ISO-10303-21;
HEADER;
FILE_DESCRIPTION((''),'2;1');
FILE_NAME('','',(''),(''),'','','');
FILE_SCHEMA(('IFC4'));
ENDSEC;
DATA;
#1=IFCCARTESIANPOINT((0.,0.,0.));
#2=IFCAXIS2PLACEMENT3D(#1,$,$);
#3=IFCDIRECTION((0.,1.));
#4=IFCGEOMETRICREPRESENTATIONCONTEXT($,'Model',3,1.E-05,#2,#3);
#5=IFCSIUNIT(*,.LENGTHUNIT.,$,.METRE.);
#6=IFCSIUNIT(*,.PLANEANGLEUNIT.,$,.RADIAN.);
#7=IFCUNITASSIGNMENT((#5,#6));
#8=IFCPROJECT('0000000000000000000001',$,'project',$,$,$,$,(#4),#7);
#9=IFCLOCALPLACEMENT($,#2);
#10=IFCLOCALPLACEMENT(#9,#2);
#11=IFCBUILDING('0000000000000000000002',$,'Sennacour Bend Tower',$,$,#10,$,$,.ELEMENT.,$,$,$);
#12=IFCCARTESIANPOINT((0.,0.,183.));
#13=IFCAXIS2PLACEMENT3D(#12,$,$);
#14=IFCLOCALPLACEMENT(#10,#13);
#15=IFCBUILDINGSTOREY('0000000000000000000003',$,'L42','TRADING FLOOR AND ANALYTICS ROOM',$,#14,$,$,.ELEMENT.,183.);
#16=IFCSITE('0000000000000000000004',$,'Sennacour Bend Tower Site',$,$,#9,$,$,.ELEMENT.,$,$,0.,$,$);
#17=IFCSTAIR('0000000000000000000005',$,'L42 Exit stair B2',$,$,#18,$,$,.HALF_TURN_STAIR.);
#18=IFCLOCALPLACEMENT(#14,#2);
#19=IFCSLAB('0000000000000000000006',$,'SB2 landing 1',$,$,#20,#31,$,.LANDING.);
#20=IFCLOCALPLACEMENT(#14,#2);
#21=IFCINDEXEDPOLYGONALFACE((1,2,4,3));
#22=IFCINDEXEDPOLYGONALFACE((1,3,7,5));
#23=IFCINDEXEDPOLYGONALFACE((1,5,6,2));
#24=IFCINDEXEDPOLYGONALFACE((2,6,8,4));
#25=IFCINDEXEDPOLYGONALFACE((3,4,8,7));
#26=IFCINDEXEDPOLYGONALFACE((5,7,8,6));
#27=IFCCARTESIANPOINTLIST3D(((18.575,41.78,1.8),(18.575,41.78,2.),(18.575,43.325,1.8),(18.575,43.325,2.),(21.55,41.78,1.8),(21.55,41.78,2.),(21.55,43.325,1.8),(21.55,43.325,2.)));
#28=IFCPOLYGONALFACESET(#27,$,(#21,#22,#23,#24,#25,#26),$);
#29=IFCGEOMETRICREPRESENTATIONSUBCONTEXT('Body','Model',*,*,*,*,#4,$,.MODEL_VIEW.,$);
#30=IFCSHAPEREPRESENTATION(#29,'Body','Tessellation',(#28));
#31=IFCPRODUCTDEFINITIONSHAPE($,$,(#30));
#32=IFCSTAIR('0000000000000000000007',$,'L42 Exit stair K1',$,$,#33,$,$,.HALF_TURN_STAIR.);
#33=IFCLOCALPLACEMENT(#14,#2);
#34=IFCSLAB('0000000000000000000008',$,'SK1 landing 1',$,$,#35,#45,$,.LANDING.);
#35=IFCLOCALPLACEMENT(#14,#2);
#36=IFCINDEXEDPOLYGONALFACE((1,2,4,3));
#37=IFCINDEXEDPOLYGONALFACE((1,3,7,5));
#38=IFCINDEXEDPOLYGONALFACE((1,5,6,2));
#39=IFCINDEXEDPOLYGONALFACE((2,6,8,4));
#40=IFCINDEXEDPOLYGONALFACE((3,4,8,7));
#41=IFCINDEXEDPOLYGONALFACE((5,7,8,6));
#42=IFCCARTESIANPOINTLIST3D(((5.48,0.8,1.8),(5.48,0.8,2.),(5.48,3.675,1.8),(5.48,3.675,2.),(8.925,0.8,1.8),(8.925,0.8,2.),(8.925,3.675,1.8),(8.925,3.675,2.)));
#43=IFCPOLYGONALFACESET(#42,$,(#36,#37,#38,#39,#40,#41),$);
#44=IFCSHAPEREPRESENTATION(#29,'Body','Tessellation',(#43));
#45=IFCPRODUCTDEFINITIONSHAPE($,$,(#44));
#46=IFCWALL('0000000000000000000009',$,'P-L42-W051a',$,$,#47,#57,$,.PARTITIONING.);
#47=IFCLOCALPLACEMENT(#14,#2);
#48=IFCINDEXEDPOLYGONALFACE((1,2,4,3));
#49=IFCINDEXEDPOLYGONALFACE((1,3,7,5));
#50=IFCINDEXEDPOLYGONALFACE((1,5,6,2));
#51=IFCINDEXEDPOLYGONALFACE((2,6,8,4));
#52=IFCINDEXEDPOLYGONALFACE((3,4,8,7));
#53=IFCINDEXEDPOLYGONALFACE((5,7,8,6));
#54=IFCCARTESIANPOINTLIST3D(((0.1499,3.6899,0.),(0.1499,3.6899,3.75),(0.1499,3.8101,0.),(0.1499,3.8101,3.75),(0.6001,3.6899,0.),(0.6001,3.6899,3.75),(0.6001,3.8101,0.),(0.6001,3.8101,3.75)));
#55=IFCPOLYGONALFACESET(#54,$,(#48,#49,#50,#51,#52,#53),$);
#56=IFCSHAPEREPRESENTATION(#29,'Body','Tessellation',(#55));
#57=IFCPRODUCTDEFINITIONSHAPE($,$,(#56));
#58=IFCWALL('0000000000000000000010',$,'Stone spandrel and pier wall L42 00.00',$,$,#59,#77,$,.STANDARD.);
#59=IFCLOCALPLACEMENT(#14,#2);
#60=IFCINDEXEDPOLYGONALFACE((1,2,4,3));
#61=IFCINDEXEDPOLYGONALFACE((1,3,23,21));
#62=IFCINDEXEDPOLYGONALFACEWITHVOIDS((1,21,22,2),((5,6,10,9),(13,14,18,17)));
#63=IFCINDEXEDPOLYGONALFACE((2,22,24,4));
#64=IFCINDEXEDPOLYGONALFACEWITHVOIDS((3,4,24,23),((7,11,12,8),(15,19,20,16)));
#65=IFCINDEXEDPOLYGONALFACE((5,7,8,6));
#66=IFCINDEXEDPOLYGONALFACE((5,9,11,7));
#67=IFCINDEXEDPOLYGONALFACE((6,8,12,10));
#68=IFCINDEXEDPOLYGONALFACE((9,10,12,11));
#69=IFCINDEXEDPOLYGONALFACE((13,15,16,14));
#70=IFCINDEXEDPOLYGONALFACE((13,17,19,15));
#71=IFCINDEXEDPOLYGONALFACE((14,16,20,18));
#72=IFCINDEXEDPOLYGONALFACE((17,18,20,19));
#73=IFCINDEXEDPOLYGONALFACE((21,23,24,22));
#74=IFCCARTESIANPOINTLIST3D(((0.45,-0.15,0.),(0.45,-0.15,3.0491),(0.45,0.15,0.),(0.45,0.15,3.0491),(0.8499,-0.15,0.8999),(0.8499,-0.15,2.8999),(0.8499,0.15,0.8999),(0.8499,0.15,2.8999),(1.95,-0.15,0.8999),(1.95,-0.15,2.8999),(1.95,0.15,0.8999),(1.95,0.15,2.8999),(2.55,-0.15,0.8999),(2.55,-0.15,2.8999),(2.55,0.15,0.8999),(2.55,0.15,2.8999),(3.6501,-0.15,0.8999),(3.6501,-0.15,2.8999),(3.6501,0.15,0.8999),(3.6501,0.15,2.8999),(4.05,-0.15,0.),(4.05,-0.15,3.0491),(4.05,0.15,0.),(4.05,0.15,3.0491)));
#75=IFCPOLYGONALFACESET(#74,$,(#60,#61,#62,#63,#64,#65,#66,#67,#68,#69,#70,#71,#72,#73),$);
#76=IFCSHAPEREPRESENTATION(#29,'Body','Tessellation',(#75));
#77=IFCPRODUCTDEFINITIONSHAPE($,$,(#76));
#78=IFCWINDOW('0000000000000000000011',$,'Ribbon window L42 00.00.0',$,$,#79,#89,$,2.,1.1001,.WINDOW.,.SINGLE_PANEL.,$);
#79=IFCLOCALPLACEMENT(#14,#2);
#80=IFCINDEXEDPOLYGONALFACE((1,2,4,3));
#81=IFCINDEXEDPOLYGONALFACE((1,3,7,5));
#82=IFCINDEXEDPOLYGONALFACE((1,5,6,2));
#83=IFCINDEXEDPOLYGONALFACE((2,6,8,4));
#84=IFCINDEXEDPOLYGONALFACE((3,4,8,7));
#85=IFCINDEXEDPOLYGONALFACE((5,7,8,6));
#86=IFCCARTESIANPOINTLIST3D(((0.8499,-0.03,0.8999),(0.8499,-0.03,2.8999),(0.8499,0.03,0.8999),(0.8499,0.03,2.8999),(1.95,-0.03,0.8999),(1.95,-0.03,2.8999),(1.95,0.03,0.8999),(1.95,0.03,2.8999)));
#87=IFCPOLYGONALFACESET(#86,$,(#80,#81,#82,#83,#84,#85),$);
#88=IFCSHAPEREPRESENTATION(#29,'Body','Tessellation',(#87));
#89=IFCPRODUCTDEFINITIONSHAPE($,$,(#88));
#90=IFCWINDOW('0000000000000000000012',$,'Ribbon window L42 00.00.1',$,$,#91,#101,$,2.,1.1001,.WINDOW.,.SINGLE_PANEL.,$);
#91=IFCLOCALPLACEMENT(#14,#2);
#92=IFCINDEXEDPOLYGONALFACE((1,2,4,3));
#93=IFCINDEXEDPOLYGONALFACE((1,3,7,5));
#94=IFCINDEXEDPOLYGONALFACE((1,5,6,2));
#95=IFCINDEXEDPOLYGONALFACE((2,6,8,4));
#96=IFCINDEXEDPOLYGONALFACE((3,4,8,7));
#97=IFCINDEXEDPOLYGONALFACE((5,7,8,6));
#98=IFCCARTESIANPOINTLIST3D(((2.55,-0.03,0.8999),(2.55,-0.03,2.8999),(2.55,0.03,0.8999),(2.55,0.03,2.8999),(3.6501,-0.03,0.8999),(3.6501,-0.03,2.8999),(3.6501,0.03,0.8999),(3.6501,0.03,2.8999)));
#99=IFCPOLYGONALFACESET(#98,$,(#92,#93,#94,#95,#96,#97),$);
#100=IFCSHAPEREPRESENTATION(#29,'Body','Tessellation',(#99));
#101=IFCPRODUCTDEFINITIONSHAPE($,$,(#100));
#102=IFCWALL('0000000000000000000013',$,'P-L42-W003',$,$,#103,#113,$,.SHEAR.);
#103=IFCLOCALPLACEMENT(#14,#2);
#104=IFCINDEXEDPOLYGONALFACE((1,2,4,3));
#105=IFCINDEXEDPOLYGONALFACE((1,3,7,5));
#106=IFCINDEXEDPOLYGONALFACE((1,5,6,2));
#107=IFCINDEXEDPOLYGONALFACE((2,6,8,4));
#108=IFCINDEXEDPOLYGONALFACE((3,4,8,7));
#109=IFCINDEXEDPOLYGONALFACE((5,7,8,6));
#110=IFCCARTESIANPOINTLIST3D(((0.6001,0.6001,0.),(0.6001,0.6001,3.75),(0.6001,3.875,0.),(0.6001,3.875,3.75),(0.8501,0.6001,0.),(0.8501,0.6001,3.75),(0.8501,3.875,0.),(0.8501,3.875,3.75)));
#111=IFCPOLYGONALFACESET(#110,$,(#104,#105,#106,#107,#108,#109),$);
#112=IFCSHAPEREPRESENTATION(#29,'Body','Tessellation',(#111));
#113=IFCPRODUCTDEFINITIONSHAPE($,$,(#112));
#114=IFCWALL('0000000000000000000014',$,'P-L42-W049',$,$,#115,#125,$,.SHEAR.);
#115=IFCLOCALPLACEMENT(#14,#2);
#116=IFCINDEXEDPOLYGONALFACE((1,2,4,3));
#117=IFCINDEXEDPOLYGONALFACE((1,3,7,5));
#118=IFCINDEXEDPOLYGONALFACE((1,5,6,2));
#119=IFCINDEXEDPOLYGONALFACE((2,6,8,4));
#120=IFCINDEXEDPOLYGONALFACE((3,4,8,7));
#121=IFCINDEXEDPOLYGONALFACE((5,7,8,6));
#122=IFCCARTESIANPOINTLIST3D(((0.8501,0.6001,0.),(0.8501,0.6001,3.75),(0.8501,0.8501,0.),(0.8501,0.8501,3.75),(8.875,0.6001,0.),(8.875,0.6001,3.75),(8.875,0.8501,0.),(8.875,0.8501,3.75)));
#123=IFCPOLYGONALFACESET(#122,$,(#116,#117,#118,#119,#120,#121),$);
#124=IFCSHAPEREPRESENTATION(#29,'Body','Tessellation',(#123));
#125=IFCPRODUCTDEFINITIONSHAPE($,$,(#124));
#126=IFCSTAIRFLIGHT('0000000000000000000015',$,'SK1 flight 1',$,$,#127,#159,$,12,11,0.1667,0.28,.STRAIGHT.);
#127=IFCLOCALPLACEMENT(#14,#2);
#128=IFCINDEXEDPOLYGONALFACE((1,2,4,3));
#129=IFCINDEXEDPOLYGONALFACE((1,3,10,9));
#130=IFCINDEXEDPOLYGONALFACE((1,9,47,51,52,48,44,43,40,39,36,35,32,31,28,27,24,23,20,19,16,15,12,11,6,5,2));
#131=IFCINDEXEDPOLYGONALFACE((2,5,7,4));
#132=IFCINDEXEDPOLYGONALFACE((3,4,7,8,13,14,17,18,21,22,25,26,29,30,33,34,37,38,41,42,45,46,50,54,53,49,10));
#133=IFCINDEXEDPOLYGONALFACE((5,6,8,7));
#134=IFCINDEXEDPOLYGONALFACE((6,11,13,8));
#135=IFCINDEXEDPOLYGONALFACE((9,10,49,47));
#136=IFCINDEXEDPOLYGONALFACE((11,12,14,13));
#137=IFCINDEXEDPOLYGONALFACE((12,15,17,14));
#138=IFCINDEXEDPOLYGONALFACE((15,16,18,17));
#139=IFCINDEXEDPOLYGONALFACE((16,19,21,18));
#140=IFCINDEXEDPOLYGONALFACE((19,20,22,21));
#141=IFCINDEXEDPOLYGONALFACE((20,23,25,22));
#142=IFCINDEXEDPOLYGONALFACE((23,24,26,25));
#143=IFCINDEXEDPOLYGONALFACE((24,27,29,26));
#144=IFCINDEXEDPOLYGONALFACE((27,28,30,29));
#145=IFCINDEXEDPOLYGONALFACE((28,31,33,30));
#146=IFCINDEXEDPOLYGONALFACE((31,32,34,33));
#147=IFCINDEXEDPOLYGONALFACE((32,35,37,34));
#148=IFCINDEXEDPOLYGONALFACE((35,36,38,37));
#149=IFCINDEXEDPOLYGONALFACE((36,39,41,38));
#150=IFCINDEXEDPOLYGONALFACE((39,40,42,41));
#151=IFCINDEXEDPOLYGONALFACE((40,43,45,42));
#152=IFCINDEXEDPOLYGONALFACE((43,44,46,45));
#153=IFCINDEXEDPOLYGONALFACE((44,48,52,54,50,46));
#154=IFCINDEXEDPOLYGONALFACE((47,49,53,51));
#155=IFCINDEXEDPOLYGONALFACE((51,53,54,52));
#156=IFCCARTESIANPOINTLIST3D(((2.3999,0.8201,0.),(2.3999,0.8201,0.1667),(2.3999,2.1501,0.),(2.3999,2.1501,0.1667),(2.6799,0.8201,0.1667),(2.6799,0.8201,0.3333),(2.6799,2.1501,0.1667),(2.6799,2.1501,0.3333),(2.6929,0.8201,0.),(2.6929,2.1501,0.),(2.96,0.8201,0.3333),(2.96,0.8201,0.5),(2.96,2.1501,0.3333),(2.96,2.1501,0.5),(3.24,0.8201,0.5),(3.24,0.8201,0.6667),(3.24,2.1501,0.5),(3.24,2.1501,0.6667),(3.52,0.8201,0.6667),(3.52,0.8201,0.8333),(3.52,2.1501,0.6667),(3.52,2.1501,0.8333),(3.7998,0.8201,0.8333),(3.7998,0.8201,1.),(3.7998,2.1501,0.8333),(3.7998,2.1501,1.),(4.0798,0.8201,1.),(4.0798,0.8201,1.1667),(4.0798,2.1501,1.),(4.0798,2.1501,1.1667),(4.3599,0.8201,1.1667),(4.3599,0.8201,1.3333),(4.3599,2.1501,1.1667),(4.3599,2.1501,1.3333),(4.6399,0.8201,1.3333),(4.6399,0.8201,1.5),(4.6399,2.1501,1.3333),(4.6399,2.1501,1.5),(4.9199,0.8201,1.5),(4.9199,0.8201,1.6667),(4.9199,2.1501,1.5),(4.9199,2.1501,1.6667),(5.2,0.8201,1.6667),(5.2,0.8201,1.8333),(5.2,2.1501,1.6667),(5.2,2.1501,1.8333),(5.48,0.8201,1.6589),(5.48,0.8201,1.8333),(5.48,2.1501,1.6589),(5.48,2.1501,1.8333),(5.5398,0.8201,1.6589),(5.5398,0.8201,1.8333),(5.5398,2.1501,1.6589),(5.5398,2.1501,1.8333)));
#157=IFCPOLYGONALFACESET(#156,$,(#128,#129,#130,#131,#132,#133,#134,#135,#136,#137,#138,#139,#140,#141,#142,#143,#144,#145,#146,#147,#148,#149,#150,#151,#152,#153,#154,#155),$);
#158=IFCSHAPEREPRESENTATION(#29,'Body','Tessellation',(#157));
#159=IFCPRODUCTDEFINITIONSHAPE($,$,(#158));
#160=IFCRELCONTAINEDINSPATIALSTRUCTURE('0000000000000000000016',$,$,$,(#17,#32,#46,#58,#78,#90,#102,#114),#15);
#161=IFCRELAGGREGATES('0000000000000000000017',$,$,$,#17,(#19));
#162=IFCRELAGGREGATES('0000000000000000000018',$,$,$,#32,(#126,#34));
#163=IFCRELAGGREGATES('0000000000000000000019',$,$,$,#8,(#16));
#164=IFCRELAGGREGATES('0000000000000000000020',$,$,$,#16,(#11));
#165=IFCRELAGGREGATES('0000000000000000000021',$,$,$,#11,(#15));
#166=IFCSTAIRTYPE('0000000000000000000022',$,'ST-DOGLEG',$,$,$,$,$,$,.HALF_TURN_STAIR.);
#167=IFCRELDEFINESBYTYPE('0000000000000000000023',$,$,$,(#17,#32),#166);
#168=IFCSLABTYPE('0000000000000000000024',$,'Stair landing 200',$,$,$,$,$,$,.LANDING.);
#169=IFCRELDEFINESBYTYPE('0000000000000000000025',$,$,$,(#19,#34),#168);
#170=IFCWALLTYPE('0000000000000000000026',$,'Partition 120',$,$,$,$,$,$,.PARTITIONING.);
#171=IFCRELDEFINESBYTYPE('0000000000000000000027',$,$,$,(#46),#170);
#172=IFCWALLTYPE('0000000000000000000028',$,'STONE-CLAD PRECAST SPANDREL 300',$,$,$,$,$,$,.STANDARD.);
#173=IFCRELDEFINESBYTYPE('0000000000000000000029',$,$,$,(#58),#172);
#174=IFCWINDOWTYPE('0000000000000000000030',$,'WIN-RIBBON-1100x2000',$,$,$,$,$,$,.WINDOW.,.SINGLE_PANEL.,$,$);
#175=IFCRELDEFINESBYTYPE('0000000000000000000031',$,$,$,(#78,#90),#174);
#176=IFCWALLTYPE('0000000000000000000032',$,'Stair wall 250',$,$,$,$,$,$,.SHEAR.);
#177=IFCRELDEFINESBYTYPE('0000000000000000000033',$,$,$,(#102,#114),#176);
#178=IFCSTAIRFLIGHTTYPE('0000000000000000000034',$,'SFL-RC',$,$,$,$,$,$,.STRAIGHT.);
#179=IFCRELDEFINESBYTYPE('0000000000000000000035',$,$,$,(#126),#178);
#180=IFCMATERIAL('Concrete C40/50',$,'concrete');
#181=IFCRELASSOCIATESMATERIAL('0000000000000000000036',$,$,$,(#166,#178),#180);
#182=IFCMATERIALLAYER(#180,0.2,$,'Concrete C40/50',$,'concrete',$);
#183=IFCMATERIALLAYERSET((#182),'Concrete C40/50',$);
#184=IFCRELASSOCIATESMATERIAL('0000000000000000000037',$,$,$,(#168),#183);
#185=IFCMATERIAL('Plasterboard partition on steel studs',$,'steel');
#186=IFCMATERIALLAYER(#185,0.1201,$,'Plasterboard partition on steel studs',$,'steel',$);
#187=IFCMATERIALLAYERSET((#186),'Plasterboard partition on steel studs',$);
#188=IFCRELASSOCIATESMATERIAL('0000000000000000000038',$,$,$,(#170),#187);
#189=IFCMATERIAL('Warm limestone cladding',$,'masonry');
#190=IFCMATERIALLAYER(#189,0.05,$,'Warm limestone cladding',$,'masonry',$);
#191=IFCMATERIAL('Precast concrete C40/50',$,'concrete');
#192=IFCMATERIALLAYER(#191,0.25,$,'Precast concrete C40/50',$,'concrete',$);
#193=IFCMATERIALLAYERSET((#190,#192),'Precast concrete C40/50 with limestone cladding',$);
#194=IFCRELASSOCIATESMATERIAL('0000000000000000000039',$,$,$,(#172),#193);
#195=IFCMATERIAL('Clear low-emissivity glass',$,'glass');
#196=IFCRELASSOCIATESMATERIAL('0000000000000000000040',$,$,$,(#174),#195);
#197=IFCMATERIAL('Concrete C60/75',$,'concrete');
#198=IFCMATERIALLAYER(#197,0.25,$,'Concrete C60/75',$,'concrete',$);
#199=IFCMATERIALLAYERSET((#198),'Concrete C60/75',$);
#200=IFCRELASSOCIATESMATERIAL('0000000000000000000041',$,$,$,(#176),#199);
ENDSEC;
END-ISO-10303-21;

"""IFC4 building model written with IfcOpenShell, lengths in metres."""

from ifc_helpers import new_model, si_unit, direction, frame, frame_2d, origin, place, context, subcontext, project, spatial, polyline, rectangle, outline, extrude, material, layer, layer_set, type_object, element, fill, aggregate, save


model = new_model("IFC4")

# Units and contexts
model_context = context("Model", 3, precision=1e-05, world=origin(), true_north=direction((0.0, 1.0)))
body_context = subcontext(model_context, "Body", "Model", "MODEL_VIEW")
ifc_project = project(units=[si_unit("LENGTHUNIT", "METRE"), si_unit("PLANEANGLEUNIT", "RADIAN")], contexts=[model_context])

# Site, building, storey
site_placement = place(None, origin())
site = spatial("IfcSite", under=ifc_project, at=site_placement, Name="Sennacour Bend Tower Site", CompositionType="ELEMENT", RefElevation=0.0)
building_placement = place(site_placement, origin())
building = spatial("IfcBuilding", under=site, at=building_placement, Name="Sennacour Bend Tower", CompositionType="ELEMENT")
storey_placement = place(building_placement, frame((0.0, 0.0, 183.0)))
storey = spatial("IfcBuildingStorey", under=building, at=storey_placement, Name="L42", Description="TRADING FLOOR AND ANALYTICS ROOM", CompositionType="ELEMENT", Elevation=183.0)

# Stairs, slabs
ifc_material_1 = material(Name="Concrete C40/50", Category="concrete")
stair_type = type_object("IfcStairType", Name="ST-DOGLEG", PredefinedType="HALF_TURN_STAIR", material=ifc_material_1)
ifc_layer_1 = layer(ifc_material_1, 0.2, Name="Concrete C40/50", Category="concrete")
ifc_layer_set_1 = layer_set([ifc_layer_1], Name="Concrete C40/50")
slab_type_1 = type_object("IfcSlabType", Name="Stair landing 200", PredefinedType="LANDING", material=ifc_layer_set_1)
stair_1_placement = place(storey_placement, origin())
stair_1 = element("IfcStair", 1, at=stair_1_placement, inside=storey, type_object=stair_type, Name="L42 Exit stair B2", PredefinedType="HALF_TURN_STAIR")
slab_1_placement = place(storey_placement, frame((0.0, 0.0, 1.8)))
slab_1 = element("IfcSlab", 2, at=slab_1_placement, type_object=slab_type_1, Name="SB2 landing 1", PredefinedType="LANDING", context=body_context, shape_type="SweptSolid", body=[
    extrude(outline(polyline([(18.575, 41.78), (21.55, 41.78), (21.55, 43.325), (18.575, 43.325), (18.575, 41.78)])), origin(), (0.0, 0.0, 1.0), 0.2),
])
aggregate(stair_1, [slab_1])
stair_2_placement = place(storey_placement, origin())
stair_2 = element("IfcStair", 3, at=stair_2_placement, inside=storey, type_object=stair_type, Name="L42 Exit stair K1", PredefinedType="HALF_TURN_STAIR")
slab_2_placement = place(storey_placement, frame((0.0, 0.0, 1.8)))
slab_2 = element("IfcSlab", 4, at=slab_2_placement, type_object=slab_type_1, Name="SK1 landing 1", PredefinedType="LANDING", context=body_context, shape_type="SweptSolid", body=[
    extrude(outline(polyline([(5.48, 0.8), (8.925, 0.8), (8.925, 3.675), (5.48, 3.675), (5.48, 0.8)])), origin(), (0.0, 0.0, 1.0), 0.2),
])

# Wall
ifc_material_2 = material(Name="Plasterboard partition on steel studs", Category="steel")
ifc_layer_2 = layer(ifc_material_2, 0.1201, Name="Plasterboard partition on steel studs", Category="steel")
ifc_layer_set_2 = layer_set([ifc_layer_2], Name="Plasterboard partition on steel studs")
wall_type_1 = type_object("IfcWallType", Name="Partition 120", PredefinedType="PARTITIONING", material=ifc_layer_set_2)
wall_1_placement = place(storey_placement, frame((0.1499, 3.75, 0.0), z_axis=(0.0, 0.0, 1.0), x_axis=(1.0, 0.0, 0.0)))
element("IfcWall", 5, at=wall_1_placement, inside=storey, type_object=wall_type_1, Name="P-L42-W051a", PredefinedType="PARTITIONING", context=body_context, shape_type="SweptSolid", body=[
    extrude(rectangle(XDim=0.4502, YDim=0.1201, at=frame_2d((0.2251, 0.0))), origin(), (0.0, 0.0, 1.0), 3.75),
])

# Wall, openings, windows
ifc_material_3 = material(Name="Warm limestone cladding", Category="masonry")
ifc_layer_3 = layer(ifc_material_3, 0.05, Name="Warm limestone cladding", Category="masonry")
ifc_material_4 = material(Name="Precast concrete C40/50", Category="concrete")
ifc_layer_4 = layer(ifc_material_4, 0.25, Name="Precast concrete C40/50", Category="concrete")
ifc_layer_set_3 = layer_set([ifc_layer_3, ifc_layer_4], Name="Precast concrete C40/50 with limestone cladding")
wall_type_2 = type_object("IfcWallType", Name="STONE-CLAD PRECAST SPANDREL 300", PredefinedType="STANDARD", material=ifc_layer_set_3)
wall_2_placement = place(storey_placement, frame((0.45, 0.0, 0.0), z_axis=(0.0, 0.0, 1.0), x_axis=(1.0, 0.0, 0.0)))
wall_2 = element("IfcWall", 6, at=wall_2_placement, inside=storey, type_object=wall_type_2, Name="Stone spandrel and pier wall L42 00.00", PredefinedType="STANDARD", context=body_context, shape_type="SweptSolid", body=[
    extrude(rectangle(XDim=3.6001, YDim=0.3, at=frame_2d((1.8, 0.0))), origin(), (0.0, 0.0, 1.0), 3.0491),
])
opening_1_placement = place(wall_2_placement, frame((0.3999, 0.0, 0.8999)))
opening_1 = element("IfcOpeningElement", 7, at=opening_1_placement, cuts=wall_2, PredefinedType="OPENING", context=body_context, shape_type="SweptSolid", body=[
    extrude(rectangle(XDim=1.1001, YDim=2.0, at=frame_2d((0.55, 1.0))), frame((0.0, 0.1602, 0.0), z_axis=(0.0, -1.0, 0.0), x_axis=(1.0, 0.0, 0.0)), (0.0, 0.0, 1.0), 0.3201),
])
opening_2_placement = place(wall_2_placement, frame((2.1001, 0.0, 0.8999)))
opening_2 = element("IfcOpeningElement", 8, at=opening_2_placement, cuts=wall_2, PredefinedType="OPENING", context=body_context, shape_type="SweptSolid", body=[
    extrude(rectangle(XDim=1.1001, YDim=2.0, at=frame_2d((0.55, 1.0))), frame((0.0, 0.1602, 0.0), z_axis=(0.0, -1.0, 0.0), x_axis=(1.0, 0.0, 0.0)), (0.0, 0.0, 1.0), 0.3201),
])
ifc_material_5 = material(Name="Clear low-emissivity glass", Category="glass")
window_type = type_object("IfcWindowType", Name="WIN-RIBBON-1100x2000", PartitioningType="SINGLE_PANEL", PredefinedType="WINDOW", material=ifc_material_5)
window_1_placement = place(opening_1_placement, origin())
window_1 = element("IfcWindow", 9, at=window_1_placement, inside=storey, type_object=window_type, Name="Ribbon window L42 00.00.0", OverallHeight=2.0, OverallWidth=1.1001, PartitioningType="SINGLE_PANEL", PredefinedType="WINDOW", context=body_context, shape_type="SweptSolid", body=[
    extrude(rectangle(XDim=1.1001, YDim=2.0, at=frame_2d((0.55, 1.0))), frame((0.0, 0.03, 0.0), z_axis=(0.0, -1.0, 0.0), x_axis=(1.0, 0.0, 0.0)), (0.0, 0.0, 1.0), 0.0601),
])
fill(opening_1, window_1)
window_2_placement = place(opening_2_placement, origin())
window_2 = element("IfcWindow", 10, at=window_2_placement, inside=storey, type_object=window_type, Name="Ribbon window L42 00.00.1", OverallHeight=2.0, OverallWidth=1.1001, PartitioningType="SINGLE_PANEL", PredefinedType="WINDOW", context=body_context, shape_type="SweptSolid", body=[
    extrude(rectangle(XDim=1.1001, YDim=2.0, at=frame_2d((0.55, 1.0))), frame((0.0, 0.03, 0.0), z_axis=(0.0, -1.0, 0.0), x_axis=(1.0, 0.0, 0.0)), (0.0, 0.0, 1.0), 0.0601),
])
fill(opening_2, window_2)

# Walls
ifc_material_6 = material(Name="Concrete C60/75", Category="concrete")
ifc_layer_5 = layer(ifc_material_6, 0.25, Name="Concrete C60/75", Category="concrete")
ifc_layer_set_4 = layer_set([ifc_layer_5], Name="Concrete C60/75")
wall_type_3 = type_object("IfcWallType", Name="Stair wall 250", PredefinedType="SHEAR", material=ifc_layer_set_4)
wall_3_placement = place(storey_placement, frame((0.7251, 0.6001, 0.0), z_axis=(0.0, 0.0, 1.0), x_axis=(0.0, 1.0, 0.0)))
element("IfcWall", 11, at=wall_3_placement, inside=storey, type_object=wall_type_3, Name="P-L42-W003", PredefinedType="SHEAR", context=body_context, shape_type="SweptSolid", body=[
    extrude(rectangle(XDim=3.2749, YDim=0.25, at=frame_2d((1.6375, 0.0))), origin(), (0.0, 0.0, 1.0), 3.75),
])
wall_4_placement = place(storey_placement, frame((0.8501, 0.7251, 0.0), z_axis=(0.0, 0.0, 1.0), x_axis=(1.0, 0.0, 0.0)))
element("IfcWall", 12, at=wall_4_placement, inside=storey, type_object=wall_type_3, Name="P-L42-W049", PredefinedType="SHEAR", context=body_context, shape_type="SweptSolid", body=[
    extrude(rectangle(XDim=8.0249, YDim=0.25, at=frame_2d((4.0125, 0.0))), origin(), (0.0, 0.0, 1.0), 3.75),
])

# Stair flight
stair_flight_type = type_object("IfcStairFlightType", Name="SFL-RC", PredefinedType="STRAIGHT", material=ifc_material_1)
stair_flight_placement = place(storey_placement, frame((2.3999, 1.4851, 0.0), z_axis=(0.0, 0.0, 1.0), x_axis=(1.0, 0.0, 0.0)))
stair_flight = element("IfcStairFlight", 13, at=stair_flight_placement, type_object=stair_flight_type, Name="SK1 flight 1", NumberOfRisers=12, NumberOfTreads=11, PredefinedType="STRAIGHT", RiserHeight=0.1667, TreadLength=0.28, context=body_context, shape_type="SweptSolid", body=[
    extrude(outline(polyline([(0.0, 0.0), (0.0, 0.1667), (0.28, 0.1667), (0.28, 0.3333), (0.5601, 0.3333), (0.5601, 0.5), (0.8401, 0.5), (0.8401, 0.6667), (1.1201, 0.6667), (1.1201, 0.8333), (1.3999, 0.8333), (1.3999, 1.0), (1.6799, 1.0), (1.6799, 1.1667), (1.96, 1.1667), (1.96, 1.3333), (2.24, 1.3333), (2.24, 1.5), (2.52, 1.5), (2.52, 1.6667), (2.8, 1.6667), (2.8, 1.8333), (3.0801, 1.8333), (3.1399, 1.8333), (3.1399, 1.6589), (3.0801, 1.6589), (0.293, 0.0), (0.0, 0.0)])), frame((0.0, 0.665, 0.0), z_axis=(0.0, -1.0, 0.0), x_axis=(1.0, 0.0, 0.0)), (0.0, 0.0, 1.0), 1.3301),
])
aggregate(stair_2, [stair_flight, slab_2])

save(model, "model.ifc")
